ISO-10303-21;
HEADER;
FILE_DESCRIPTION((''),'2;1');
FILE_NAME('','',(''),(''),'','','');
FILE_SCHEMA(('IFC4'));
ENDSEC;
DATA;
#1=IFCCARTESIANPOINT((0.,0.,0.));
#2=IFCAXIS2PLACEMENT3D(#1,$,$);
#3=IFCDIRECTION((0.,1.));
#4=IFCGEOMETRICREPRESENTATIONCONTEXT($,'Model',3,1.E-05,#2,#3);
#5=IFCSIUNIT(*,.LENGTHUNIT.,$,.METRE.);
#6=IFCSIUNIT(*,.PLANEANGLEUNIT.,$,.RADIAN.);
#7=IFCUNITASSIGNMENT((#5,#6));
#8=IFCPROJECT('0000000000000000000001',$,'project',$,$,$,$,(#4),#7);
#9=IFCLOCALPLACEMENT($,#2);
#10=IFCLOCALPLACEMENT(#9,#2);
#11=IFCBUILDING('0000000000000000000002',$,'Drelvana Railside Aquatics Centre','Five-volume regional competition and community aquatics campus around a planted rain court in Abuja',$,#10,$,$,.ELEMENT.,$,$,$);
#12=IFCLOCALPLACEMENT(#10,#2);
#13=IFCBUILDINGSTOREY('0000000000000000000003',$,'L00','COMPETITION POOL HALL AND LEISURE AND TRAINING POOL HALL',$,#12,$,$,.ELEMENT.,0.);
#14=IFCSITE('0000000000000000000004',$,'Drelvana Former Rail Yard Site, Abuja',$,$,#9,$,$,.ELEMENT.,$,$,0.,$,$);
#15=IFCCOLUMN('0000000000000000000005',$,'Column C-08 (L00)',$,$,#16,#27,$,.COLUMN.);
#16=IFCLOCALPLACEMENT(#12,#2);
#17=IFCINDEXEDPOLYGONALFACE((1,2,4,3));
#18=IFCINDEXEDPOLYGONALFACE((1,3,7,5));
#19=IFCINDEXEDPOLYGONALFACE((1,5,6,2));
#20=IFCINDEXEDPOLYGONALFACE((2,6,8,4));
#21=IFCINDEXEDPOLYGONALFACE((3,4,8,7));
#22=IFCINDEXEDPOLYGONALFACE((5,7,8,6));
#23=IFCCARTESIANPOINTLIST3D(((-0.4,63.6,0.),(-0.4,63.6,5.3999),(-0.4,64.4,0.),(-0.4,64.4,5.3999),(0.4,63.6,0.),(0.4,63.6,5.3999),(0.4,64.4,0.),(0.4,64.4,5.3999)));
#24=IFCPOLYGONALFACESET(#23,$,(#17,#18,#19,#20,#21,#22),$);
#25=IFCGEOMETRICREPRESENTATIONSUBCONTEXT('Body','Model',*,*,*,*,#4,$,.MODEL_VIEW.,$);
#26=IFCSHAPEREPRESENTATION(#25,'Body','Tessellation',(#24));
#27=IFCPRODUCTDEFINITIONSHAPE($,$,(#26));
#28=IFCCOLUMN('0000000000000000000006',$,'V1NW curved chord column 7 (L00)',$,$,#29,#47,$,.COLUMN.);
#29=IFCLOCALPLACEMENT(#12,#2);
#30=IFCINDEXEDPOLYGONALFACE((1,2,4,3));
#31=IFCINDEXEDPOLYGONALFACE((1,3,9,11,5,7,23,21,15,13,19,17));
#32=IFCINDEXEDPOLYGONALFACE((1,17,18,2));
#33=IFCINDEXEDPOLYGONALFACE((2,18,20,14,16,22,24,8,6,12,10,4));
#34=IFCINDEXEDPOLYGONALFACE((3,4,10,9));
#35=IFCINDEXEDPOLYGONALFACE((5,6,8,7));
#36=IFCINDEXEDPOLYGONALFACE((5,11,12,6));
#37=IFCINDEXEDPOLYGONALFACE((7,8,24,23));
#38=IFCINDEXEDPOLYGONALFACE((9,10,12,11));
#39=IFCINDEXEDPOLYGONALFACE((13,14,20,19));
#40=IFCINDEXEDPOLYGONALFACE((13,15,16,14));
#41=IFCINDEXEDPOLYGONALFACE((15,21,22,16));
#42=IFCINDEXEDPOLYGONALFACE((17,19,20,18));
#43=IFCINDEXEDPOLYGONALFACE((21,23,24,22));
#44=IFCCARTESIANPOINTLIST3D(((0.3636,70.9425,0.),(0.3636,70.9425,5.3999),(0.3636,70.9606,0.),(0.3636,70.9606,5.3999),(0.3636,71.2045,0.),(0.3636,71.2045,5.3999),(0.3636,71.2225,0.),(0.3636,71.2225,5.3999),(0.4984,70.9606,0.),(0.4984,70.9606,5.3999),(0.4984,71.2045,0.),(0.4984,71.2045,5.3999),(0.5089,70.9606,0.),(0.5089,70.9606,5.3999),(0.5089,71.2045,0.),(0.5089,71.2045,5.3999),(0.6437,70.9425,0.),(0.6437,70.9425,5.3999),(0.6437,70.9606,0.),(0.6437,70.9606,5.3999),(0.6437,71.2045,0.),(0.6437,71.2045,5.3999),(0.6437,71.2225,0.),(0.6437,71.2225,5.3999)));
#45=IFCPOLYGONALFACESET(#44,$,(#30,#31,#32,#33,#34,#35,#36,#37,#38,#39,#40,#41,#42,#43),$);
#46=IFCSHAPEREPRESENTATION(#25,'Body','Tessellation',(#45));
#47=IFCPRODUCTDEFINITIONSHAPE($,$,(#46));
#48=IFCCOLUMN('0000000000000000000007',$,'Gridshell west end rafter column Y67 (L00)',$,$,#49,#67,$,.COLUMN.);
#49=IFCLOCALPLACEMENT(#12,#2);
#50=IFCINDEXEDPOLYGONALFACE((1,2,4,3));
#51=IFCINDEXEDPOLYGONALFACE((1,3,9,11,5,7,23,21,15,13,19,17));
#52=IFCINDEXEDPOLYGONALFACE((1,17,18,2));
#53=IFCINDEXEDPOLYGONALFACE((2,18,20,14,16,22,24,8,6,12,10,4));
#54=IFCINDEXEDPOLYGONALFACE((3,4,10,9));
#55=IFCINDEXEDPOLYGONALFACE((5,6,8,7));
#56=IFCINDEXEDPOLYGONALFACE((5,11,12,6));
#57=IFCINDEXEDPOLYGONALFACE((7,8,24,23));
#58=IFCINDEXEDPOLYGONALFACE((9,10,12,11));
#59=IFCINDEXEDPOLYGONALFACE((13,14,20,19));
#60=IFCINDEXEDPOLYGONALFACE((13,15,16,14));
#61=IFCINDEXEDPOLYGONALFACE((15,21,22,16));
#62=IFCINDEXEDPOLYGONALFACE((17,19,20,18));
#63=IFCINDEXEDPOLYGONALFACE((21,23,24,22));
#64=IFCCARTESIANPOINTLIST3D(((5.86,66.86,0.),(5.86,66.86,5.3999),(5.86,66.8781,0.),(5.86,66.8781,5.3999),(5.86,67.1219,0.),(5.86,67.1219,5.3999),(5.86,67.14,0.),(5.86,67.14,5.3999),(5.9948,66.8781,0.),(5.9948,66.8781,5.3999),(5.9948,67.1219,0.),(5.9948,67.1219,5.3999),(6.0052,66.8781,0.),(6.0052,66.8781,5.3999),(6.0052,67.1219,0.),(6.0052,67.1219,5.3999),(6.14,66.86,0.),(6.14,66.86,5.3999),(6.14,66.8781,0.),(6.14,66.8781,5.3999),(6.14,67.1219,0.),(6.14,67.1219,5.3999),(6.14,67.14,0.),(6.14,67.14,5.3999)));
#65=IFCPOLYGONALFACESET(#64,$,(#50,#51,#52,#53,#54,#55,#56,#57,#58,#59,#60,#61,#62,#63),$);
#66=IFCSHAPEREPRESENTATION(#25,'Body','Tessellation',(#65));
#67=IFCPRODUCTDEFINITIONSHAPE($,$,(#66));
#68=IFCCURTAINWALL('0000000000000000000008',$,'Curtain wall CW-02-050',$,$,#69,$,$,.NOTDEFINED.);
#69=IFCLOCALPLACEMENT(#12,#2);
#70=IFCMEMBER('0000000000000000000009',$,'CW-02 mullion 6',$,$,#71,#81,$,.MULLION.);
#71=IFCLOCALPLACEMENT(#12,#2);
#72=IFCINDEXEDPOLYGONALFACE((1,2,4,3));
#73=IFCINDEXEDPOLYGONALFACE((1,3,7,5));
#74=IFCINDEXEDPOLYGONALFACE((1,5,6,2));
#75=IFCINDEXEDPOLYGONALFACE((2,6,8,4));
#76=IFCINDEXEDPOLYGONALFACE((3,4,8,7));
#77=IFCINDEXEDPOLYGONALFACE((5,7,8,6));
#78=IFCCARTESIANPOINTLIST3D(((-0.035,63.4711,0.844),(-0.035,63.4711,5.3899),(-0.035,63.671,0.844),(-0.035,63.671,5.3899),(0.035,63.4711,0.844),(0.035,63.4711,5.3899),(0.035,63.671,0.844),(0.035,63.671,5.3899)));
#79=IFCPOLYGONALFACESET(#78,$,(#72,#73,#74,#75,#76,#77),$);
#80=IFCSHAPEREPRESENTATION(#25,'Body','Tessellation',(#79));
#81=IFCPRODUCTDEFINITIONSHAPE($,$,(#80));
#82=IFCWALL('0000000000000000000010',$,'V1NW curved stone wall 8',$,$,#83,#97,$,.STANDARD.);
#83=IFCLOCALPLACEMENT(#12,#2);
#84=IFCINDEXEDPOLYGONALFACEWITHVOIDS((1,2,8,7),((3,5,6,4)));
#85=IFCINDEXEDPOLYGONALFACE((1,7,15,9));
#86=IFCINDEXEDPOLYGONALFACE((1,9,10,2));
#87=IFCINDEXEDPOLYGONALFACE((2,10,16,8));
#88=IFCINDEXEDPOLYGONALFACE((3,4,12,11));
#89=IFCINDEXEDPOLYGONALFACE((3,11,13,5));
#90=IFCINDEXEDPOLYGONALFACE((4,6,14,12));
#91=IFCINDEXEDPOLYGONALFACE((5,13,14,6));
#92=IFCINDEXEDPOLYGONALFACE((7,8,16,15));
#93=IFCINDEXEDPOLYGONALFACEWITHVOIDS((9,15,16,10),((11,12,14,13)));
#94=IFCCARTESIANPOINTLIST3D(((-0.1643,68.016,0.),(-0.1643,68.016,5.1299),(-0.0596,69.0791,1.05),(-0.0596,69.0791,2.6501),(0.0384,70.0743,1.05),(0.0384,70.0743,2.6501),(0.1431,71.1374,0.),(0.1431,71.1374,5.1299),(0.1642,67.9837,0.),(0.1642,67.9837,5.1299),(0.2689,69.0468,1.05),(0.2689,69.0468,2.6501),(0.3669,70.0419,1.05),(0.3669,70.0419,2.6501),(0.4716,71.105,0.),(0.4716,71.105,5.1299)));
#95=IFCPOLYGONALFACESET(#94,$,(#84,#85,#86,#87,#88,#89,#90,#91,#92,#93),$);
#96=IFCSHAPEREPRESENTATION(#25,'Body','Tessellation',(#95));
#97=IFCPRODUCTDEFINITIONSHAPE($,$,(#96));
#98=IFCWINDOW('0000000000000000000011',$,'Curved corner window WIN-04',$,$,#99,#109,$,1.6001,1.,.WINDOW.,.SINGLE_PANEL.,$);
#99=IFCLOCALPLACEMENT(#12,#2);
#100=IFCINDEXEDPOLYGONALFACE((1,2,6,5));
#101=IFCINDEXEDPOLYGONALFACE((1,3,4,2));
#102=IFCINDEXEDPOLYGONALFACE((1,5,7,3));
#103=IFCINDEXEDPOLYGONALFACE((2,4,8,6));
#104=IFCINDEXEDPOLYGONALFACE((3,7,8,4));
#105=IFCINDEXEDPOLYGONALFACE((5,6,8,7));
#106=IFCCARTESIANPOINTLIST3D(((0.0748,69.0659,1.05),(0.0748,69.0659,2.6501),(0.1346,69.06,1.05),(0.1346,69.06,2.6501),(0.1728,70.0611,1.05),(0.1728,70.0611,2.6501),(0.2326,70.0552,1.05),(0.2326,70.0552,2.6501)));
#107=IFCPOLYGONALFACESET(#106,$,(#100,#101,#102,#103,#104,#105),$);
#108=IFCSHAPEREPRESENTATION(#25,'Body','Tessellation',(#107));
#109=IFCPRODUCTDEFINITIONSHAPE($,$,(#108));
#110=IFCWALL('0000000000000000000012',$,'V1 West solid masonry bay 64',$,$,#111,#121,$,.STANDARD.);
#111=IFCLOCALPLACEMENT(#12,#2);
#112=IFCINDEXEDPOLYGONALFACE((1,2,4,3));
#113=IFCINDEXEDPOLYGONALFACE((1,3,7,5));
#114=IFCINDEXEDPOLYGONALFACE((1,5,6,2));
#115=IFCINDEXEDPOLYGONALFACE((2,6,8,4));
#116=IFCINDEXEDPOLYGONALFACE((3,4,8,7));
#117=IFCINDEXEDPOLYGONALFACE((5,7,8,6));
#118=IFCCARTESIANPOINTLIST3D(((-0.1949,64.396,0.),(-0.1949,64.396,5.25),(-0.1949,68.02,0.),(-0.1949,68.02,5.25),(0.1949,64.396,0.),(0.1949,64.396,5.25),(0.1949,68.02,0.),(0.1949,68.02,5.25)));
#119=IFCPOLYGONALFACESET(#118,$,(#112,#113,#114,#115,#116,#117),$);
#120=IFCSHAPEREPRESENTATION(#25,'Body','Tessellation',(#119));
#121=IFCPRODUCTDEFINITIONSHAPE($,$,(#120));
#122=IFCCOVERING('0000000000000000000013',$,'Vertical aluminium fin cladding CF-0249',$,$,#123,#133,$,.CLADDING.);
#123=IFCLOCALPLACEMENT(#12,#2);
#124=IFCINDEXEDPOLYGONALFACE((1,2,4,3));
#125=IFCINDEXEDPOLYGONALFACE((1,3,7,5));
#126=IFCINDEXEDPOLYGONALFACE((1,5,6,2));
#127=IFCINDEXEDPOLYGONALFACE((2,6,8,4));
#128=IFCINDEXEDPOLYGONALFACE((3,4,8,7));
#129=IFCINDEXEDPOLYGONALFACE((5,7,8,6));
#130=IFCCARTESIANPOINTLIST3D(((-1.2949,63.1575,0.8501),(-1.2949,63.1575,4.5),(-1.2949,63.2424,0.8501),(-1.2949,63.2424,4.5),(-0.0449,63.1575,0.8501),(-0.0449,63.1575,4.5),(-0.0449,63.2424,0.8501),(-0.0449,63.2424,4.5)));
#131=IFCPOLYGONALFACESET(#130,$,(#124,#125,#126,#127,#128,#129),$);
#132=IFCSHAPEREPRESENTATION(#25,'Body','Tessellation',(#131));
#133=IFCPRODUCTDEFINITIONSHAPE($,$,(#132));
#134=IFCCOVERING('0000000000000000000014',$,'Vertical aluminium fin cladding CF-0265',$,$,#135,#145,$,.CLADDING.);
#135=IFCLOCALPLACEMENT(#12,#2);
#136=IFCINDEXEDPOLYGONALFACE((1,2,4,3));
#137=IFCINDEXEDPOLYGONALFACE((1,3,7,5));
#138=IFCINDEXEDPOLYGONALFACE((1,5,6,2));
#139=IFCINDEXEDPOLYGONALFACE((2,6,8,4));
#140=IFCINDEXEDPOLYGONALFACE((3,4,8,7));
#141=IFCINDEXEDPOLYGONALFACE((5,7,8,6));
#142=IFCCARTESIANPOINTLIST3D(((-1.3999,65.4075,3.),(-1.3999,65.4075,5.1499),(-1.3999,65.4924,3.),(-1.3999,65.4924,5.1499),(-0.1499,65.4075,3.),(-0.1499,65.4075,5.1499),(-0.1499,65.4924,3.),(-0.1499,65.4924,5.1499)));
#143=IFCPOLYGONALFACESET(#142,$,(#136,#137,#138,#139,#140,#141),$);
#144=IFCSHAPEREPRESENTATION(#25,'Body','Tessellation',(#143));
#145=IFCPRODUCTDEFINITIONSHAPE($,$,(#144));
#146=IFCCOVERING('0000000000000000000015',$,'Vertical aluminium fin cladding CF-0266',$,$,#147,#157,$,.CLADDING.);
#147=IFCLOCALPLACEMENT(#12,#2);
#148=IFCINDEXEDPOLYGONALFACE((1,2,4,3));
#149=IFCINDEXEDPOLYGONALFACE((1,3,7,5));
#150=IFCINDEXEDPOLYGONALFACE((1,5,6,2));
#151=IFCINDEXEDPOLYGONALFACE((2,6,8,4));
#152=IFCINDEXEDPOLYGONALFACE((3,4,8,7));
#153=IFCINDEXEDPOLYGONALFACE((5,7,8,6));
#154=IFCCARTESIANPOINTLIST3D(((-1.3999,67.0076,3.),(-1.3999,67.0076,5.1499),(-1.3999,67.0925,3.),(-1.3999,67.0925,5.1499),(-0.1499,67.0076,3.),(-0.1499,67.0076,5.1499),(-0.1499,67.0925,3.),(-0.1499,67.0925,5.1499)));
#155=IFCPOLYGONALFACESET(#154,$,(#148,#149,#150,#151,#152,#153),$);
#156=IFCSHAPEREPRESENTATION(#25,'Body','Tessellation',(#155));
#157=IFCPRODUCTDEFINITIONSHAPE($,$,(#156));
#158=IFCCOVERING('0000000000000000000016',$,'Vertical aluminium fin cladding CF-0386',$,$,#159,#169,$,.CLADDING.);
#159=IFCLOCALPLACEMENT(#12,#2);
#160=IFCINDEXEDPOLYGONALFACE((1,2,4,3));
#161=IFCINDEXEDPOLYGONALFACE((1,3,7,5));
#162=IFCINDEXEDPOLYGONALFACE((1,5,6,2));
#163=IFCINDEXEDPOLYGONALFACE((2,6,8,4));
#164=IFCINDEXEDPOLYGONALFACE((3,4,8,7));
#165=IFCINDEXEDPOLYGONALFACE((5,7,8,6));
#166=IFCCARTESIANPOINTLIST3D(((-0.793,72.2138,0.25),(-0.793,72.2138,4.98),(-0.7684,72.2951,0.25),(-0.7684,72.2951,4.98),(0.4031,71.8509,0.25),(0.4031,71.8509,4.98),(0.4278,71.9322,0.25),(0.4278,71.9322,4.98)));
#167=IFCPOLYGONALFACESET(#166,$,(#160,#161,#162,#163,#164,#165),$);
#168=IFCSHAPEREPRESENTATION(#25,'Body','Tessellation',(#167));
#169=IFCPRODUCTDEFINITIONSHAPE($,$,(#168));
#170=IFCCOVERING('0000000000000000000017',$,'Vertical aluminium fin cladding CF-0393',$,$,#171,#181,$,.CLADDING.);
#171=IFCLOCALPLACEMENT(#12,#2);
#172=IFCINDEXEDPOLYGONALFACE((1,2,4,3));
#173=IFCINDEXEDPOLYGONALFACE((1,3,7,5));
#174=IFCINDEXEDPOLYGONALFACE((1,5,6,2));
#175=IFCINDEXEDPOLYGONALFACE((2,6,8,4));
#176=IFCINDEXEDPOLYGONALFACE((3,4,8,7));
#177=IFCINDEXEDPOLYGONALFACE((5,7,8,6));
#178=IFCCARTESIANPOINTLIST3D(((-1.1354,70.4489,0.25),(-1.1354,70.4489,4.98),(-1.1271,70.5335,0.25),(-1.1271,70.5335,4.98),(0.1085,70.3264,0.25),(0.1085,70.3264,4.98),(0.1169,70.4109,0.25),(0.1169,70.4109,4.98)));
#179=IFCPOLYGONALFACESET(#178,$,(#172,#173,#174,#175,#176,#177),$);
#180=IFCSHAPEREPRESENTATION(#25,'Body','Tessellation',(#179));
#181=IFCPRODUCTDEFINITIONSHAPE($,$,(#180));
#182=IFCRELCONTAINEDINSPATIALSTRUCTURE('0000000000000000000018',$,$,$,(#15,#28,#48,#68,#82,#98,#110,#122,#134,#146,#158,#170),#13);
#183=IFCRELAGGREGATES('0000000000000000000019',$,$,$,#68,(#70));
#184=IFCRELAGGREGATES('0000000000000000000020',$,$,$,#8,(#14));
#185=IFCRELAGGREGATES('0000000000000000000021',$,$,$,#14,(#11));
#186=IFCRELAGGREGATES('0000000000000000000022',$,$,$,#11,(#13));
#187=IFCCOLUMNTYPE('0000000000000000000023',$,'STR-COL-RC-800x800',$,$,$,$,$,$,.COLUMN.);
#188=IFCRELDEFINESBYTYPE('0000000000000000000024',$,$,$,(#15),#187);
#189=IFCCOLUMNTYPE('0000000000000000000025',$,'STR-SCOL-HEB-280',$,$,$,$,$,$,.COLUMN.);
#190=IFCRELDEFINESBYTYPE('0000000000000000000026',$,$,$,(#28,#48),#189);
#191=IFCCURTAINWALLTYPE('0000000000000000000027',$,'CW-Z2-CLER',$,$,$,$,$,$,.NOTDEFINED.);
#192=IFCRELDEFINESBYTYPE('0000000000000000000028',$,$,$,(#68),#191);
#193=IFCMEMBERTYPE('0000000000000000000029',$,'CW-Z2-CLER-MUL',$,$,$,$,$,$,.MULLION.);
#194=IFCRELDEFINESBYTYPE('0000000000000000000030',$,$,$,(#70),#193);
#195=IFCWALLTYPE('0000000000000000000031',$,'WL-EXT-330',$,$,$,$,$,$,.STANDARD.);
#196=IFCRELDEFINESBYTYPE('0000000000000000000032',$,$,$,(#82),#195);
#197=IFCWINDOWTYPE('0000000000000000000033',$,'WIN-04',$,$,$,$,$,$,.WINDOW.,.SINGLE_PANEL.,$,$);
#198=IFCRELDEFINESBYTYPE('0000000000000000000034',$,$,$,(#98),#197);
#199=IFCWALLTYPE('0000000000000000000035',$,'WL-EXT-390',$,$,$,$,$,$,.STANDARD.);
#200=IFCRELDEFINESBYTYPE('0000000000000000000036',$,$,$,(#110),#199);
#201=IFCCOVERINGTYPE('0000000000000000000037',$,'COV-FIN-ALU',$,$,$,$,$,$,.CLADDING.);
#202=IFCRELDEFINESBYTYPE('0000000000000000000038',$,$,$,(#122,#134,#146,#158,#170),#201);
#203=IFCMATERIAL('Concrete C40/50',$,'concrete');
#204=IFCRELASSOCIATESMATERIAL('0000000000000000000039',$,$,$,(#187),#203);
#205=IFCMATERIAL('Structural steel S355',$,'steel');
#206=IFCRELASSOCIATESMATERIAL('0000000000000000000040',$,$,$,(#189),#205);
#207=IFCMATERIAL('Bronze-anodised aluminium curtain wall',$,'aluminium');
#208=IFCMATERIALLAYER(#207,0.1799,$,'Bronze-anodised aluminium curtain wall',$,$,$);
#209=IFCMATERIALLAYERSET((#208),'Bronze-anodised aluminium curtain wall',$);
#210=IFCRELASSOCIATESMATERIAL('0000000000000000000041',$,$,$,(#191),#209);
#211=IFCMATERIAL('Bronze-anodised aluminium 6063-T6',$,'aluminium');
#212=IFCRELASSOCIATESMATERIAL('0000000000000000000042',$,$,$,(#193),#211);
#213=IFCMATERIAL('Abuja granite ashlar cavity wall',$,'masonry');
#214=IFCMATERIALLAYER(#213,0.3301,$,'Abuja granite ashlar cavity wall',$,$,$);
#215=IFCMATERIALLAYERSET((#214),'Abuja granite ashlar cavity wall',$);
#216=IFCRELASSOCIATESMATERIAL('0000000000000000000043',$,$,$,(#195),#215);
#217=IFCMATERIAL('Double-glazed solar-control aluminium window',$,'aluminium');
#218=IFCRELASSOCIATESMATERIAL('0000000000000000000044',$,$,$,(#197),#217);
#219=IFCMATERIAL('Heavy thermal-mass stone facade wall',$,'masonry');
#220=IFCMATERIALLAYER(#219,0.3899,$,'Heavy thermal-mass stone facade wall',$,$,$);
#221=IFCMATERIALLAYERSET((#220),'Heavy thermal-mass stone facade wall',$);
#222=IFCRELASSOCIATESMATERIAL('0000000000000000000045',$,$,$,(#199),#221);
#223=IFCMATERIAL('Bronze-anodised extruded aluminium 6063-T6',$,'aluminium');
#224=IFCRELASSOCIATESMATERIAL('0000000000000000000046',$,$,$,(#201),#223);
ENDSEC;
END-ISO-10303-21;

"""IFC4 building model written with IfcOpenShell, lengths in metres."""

from ifc_helpers import new_model, si_unit, direction, frame, frame_2d, origin, origin_2d, place, context, subcontext, project, spatial, rectangle, i_section, extrude, material, layer, layer_set, material_profile, profile_set, type_object, element, fill, aggregate, save


model = new_model("IFC4")

# Units and contexts
model_context = context("Model", 3, precision=1e-05, world=origin(), true_north=direction((0.0, 1.0)))
body_context = subcontext(model_context, "Body", "Model", "MODEL_VIEW")
ifc_project = project(units=[si_unit("LENGTHUNIT", "METRE"), si_unit("PLANEANGLEUNIT", "RADIAN")], contexts=[model_context])

# Site, building, storey
site_placement = place(None, origin())
site = spatial("IfcSite", under=ifc_project, at=site_placement, Name="Drelvana Former Rail Yard Site, Abuja", CompositionType="ELEMENT", RefElevation=0.0)
building_placement = place(site_placement, origin())
building = spatial("IfcBuilding", under=site, at=building_placement, Name="Drelvana Railside Aquatics Centre", Description="Five-volume regional competition and community aquatics campus around a planted rain court in Abuja", CompositionType="ELEMENT")
storey_placement = place(building_placement, origin())
storey = spatial("IfcBuildingStorey", under=building, at=storey_placement, Name="L00", Description="COMPETITION POOL HALL AND LEISURE AND TRAINING POOL HALL", CompositionType="ELEMENT", Elevation=0.0)

# Columns
ifc_material_1 = material(Name="Concrete C40/50", Category="concrete")
ifc_material_profile_1 = material_profile(ifc_material_1, rectangle(XDim=0.8, YDim=0.8, at=origin_2d()), Name="RC 800x800")
ifc_profile_set_1 = profile_set([ifc_material_profile_1], Name="Concrete C40/50")
column_type_1 = type_object("IfcColumnType", Name="STR-COL-RC-800x800", PredefinedType="COLUMN", material=ifc_profile_set_1)
column_placement = place(storey_placement, frame((0.0, 64.0, 0.0), z_axis=(0.0, 0.0, 1.0), x_axis=(1.0, 0.0, 0.0)))
element("IfcColumn", 1, at=column_placement, inside=storey, type_object=column_type_1, Name="Column C-08 (L00)", PredefinedType="COLUMN", context=body_context, shape_type="SweptSolid", body=[
    extrude(rectangle(XDim=0.8, YDim=0.8, at=origin_2d()), origin(), (0.0, 0.0, 1.0), 5.3999),
])
ifc_material_2 = material(Name="Structural steel S355", Category="steel")
ifc_material_profile_2 = material_profile(ifc_material_2, i_section(OverallWidth=0.28, OverallDepth=0.28, WebThickness=0.0105, FlangeThickness=0.0181, at=origin_2d()), Name="HEB 280")
ifc_profile_set_2 = profile_set([ifc_material_profile_2], Name="Structural steel S355")
column_type_2 = type_object("IfcColumnType", Name="STR-SCOL-HEB-280", PredefinedType="COLUMN", material=ifc_profile_set_2)
for number, where, z_axis, x_axis, name in (
    (2, (0.5037, 71.0825, 0.0), (0.0, 0.0, 1.0), (1.0, 0.0, 0.0), "V1NW curved chord column 7 (L00)"),
    (3, (6.0, 67.0, 0.0), (0.0, 0.0, 1.0), (1.0, 0.0, 0.0), "Gridshell west end rafter column Y67 (L00)"),
):
    element("IfcColumn", number, at=place(storey_placement, frame(where, z_axis=z_axis, x_axis=x_axis)), inside=storey, type_object=column_type_2, Name=name, PredefinedType="COLUMN", context=body_context, shape_type="SweptSolid", body=[
        extrude(i_section(OverallWidth=0.28, OverallDepth=0.28, WebThickness=0.0105, FlangeThickness=0.0181, at=origin_2d()), origin(), (0.0, 0.0, 1.0), 5.3999),
    ])

# Curtain wall, member
ifc_material_3 = material(Name="Bronze-anodised aluminium curtain wall", Category="aluminium")
ifc_layer_1 = layer(ifc_material_3, 0.1799, Name="Bronze-anodised aluminium curtain wall")
ifc_layer_set_1 = layer_set([ifc_layer_1], Name="Bronze-anodised aluminium curtain wall")
curtain_wall_type = type_object("IfcCurtainWallType", Name="CW-Z2-CLER", PredefinedType="NOTDEFINED", material=ifc_layer_set_1)
curtain_wall_placement = place(storey_placement, origin())
curtain_wall = element("IfcCurtainWall", 4, at=curtain_wall_placement, inside=storey, type_object=curtain_wall_type, Name="Curtain wall CW-02-050", PredefinedType="NOTDEFINED")
ifc_material_4 = material(Name="Bronze-anodised aluminium 6063-T6", Category="aluminium")
ifc_material_profile_3 = material_profile(ifc_material_4, rectangle(XDim=0.0701, YDim=0.2, at=origin_2d()), Name="ALU-M 70x200")
ifc_profile_set_3 = profile_set([ifc_material_profile_3], Name="Bronze-anodised aluminium 6063-T6")
member_type = type_object("IfcMemberType", Name="CW-Z2-CLER-MUL", PredefinedType="MULLION", material=ifc_profile_set_3)
member_placement = place(storey_placement, frame((0.0, 63.571, 0.844), z_axis=(0.0, 0.0, 1.0), x_axis=(-1.0, 0.0, 0.0)))
member = element("IfcMember", 5, at=member_placement, type_object=member_type, Name="CW-02 mullion 6", PredefinedType="MULLION", context=body_context, shape_type="SweptSolid", body=[
    extrude(rectangle(XDim=0.0701, YDim=0.2, at=origin_2d()), origin(), (0.0, 0.0, 1.0), 4.5459),
])
aggregate(curtain_wall, [member])

# Wall, opening, window
ifc_material_5 = material(Name="Abuja granite ashlar cavity wall", Category="masonry")
ifc_layer_2 = layer(ifc_material_5, 0.3301, Name="Abuja granite ashlar cavity wall")
ifc_layer_set_2 = layer_set([ifc_layer_2], Name="Abuja granite ashlar cavity wall")
wall_type_1 = type_object("IfcWallType", Name="WL-EXT-330", PredefinedType="STANDARD", material=ifc_layer_set_2)
wall_1_placement = place(storey_placement, frame((0.3074, 71.1213, 0.0), z_axis=(0.0, 0.0, 1.0), x_axis=(-0.098001, -0.995186, 0.0)))
wall_1 = element("IfcWall", 6, at=wall_1_placement, inside=storey, type_object=wall_type_1, Name="V1NW curved stone wall 8", PredefinedType="STANDARD", context=body_context, shape_type="SweptSolid", body=[
    extrude(rectangle(XDim=3.1365, YDim=0.3301, at=frame_2d((1.5684, 0.0))), origin(), (0.0, 0.0, 1.0), 5.1299),
])
opening_placement = place(wall_1_placement, frame((1.0684, 0.0, 1.05)))
opening = element("IfcOpeningElement", 7, at=opening_placement, cuts=wall_1, PredefinedType="OPENING", context=body_context, shape_type="SweptSolid", body=[
    extrude(rectangle(XDim=1.0, YDim=1.6001, at=frame_2d((0.5, 0.8))), frame((0.0, 0.175, 0.0), z_axis=(0.0, -1.0, 0.0), x_axis=(1.0, 0.0, 0.0)), (0.0, 0.0, 1.0), 0.3501),
])
ifc_material_6 = material(Name="Double-glazed solar-control aluminium window", Category="aluminium")
window_type = type_object("IfcWindowType", Name="WIN-04", PartitioningType="SINGLE_PANEL", PredefinedType="WINDOW", material=ifc_material_6)
window_placement = place(opening_placement, origin())
window = element("IfcWindow", 8, at=window_placement, inside=storey, type_object=window_type, Name="Curved corner window WIN-04", OverallHeight=1.6001, OverallWidth=1.0, PartitioningType="SINGLE_PANEL", PredefinedType="WINDOW", context=body_context, shape_type="SweptSolid", body=[
    extrude(rectangle(XDim=1.0, YDim=1.6001, at=frame_2d((0.5, 0.8))), frame((0.0, 0.03, 0.0), z_axis=(0.0, -1.0, 0.0), x_axis=(1.0, 0.0, 0.0)), (0.0, 0.0, 1.0), 0.0601),
])
fill(opening, window)

# Wall
ifc_material_7 = material(Name="Heavy thermal-mass stone facade wall", Category="masonry")
ifc_layer_3 = layer(ifc_material_7, 0.3899, Name="Heavy thermal-mass stone facade wall")
ifc_layer_set_3 = layer_set([ifc_layer_3], Name="Heavy thermal-mass stone facade wall")
wall_type_2 = type_object("IfcWallType", Name="WL-EXT-390", PredefinedType="STANDARD", material=ifc_layer_set_3)
wall_2_placement = place(storey_placement, frame((0.0, 64.396, 0.0), z_axis=(0.0, 0.0, 1.0), x_axis=(0.0, 1.0, 0.0)))
element("IfcWall", 9, at=wall_2_placement, inside=storey, type_object=wall_type_2, Name="V1 West solid masonry bay 64", PredefinedType="STANDARD", context=body_context, shape_type="SweptSolid", body=[
    extrude(rectangle(XDim=3.624, YDim=0.3899, at=frame_2d((1.812, 0.0))), origin(), (0.0, 0.0, 1.0), 5.25),
])

# Coverings
ifc_material_8 = material(Name="Bronze-anodised extruded aluminium 6063-T6", Category="aluminium")
covering_type = type_object("IfcCoveringType", Name="COV-FIN-ALU", PredefinedType="CLADDING", material=ifc_material_8)
covering_placement = place(storey_placement, frame((-0.6699, 63.2, 0.8501), z_axis=(0.0, 0.0, 1.0), x_axis=(0.0, 1.0, 0.0)))
element("IfcCovering", 10, at=covering_placement, inside=storey, type_object=covering_type, Name="Vertical aluminium fin cladding CF-0249", PredefinedType="CLADDING", context=body_context, shape_type="SweptSolid", body=[
    extrude(rectangle(XDim=0.085, YDim=1.25, at=origin_2d()), origin(), (0.0, 0.0, 1.0), 3.6499),
])
for number, where, z_axis, x_axis, name in (
    (11, (-0.7749, 65.45, 3.0), (0.0, 0.0, 1.0), (0.0, 1.0, 0.0), "Vertical aluminium fin cladding CF-0265"),
    (12, (-0.7749, 67.05, 3.0), (0.0, 0.0, 1.0), (0.0, 1.0, 0.0), "Vertical aluminium fin cladding CF-0266"),
):
    element("IfcCovering", number, at=place(storey_placement, frame(where, z_axis=z_axis, x_axis=x_axis)), inside=storey, type_object=covering_type, Name=name, PredefinedType="CLADDING", context=body_context, shape_type="SweptSolid", body=[
        extrude(rectangle(XDim=0.085, YDim=1.25, at=origin_2d()), origin(), (0.0, 0.0, 1.0), 2.1499),
    ])
for number, where, z_axis, x_axis, name in (
    (13, (-0.1826, 72.073, 0.25), (0.0, 0.0, 1.0), (0.290285, 0.95694, 0.0), "Vertical aluminium fin cladding CF-0386"),
    (14, (-0.5093, 70.4299, 0.25), (0.0, 0.0, 1.0), (0.098017, 0.995185, 0.0), "Vertical aluminium fin cladding CF-0393"),
):
    element("IfcCovering", number, at=place(storey_placement, frame(where, z_axis=z_axis, x_axis=x_axis)), inside=storey, type_object=covering_type, Name=name, PredefinedType="CLADDING", context=body_context, shape_type="SweptSolid", body=[
        extrude(rectangle(XDim=0.085, YDim=1.25, at=origin_2d()), origin(), (0.0, 0.0, 1.0), 4.73),
    ])

save(model, "model.ifc")
